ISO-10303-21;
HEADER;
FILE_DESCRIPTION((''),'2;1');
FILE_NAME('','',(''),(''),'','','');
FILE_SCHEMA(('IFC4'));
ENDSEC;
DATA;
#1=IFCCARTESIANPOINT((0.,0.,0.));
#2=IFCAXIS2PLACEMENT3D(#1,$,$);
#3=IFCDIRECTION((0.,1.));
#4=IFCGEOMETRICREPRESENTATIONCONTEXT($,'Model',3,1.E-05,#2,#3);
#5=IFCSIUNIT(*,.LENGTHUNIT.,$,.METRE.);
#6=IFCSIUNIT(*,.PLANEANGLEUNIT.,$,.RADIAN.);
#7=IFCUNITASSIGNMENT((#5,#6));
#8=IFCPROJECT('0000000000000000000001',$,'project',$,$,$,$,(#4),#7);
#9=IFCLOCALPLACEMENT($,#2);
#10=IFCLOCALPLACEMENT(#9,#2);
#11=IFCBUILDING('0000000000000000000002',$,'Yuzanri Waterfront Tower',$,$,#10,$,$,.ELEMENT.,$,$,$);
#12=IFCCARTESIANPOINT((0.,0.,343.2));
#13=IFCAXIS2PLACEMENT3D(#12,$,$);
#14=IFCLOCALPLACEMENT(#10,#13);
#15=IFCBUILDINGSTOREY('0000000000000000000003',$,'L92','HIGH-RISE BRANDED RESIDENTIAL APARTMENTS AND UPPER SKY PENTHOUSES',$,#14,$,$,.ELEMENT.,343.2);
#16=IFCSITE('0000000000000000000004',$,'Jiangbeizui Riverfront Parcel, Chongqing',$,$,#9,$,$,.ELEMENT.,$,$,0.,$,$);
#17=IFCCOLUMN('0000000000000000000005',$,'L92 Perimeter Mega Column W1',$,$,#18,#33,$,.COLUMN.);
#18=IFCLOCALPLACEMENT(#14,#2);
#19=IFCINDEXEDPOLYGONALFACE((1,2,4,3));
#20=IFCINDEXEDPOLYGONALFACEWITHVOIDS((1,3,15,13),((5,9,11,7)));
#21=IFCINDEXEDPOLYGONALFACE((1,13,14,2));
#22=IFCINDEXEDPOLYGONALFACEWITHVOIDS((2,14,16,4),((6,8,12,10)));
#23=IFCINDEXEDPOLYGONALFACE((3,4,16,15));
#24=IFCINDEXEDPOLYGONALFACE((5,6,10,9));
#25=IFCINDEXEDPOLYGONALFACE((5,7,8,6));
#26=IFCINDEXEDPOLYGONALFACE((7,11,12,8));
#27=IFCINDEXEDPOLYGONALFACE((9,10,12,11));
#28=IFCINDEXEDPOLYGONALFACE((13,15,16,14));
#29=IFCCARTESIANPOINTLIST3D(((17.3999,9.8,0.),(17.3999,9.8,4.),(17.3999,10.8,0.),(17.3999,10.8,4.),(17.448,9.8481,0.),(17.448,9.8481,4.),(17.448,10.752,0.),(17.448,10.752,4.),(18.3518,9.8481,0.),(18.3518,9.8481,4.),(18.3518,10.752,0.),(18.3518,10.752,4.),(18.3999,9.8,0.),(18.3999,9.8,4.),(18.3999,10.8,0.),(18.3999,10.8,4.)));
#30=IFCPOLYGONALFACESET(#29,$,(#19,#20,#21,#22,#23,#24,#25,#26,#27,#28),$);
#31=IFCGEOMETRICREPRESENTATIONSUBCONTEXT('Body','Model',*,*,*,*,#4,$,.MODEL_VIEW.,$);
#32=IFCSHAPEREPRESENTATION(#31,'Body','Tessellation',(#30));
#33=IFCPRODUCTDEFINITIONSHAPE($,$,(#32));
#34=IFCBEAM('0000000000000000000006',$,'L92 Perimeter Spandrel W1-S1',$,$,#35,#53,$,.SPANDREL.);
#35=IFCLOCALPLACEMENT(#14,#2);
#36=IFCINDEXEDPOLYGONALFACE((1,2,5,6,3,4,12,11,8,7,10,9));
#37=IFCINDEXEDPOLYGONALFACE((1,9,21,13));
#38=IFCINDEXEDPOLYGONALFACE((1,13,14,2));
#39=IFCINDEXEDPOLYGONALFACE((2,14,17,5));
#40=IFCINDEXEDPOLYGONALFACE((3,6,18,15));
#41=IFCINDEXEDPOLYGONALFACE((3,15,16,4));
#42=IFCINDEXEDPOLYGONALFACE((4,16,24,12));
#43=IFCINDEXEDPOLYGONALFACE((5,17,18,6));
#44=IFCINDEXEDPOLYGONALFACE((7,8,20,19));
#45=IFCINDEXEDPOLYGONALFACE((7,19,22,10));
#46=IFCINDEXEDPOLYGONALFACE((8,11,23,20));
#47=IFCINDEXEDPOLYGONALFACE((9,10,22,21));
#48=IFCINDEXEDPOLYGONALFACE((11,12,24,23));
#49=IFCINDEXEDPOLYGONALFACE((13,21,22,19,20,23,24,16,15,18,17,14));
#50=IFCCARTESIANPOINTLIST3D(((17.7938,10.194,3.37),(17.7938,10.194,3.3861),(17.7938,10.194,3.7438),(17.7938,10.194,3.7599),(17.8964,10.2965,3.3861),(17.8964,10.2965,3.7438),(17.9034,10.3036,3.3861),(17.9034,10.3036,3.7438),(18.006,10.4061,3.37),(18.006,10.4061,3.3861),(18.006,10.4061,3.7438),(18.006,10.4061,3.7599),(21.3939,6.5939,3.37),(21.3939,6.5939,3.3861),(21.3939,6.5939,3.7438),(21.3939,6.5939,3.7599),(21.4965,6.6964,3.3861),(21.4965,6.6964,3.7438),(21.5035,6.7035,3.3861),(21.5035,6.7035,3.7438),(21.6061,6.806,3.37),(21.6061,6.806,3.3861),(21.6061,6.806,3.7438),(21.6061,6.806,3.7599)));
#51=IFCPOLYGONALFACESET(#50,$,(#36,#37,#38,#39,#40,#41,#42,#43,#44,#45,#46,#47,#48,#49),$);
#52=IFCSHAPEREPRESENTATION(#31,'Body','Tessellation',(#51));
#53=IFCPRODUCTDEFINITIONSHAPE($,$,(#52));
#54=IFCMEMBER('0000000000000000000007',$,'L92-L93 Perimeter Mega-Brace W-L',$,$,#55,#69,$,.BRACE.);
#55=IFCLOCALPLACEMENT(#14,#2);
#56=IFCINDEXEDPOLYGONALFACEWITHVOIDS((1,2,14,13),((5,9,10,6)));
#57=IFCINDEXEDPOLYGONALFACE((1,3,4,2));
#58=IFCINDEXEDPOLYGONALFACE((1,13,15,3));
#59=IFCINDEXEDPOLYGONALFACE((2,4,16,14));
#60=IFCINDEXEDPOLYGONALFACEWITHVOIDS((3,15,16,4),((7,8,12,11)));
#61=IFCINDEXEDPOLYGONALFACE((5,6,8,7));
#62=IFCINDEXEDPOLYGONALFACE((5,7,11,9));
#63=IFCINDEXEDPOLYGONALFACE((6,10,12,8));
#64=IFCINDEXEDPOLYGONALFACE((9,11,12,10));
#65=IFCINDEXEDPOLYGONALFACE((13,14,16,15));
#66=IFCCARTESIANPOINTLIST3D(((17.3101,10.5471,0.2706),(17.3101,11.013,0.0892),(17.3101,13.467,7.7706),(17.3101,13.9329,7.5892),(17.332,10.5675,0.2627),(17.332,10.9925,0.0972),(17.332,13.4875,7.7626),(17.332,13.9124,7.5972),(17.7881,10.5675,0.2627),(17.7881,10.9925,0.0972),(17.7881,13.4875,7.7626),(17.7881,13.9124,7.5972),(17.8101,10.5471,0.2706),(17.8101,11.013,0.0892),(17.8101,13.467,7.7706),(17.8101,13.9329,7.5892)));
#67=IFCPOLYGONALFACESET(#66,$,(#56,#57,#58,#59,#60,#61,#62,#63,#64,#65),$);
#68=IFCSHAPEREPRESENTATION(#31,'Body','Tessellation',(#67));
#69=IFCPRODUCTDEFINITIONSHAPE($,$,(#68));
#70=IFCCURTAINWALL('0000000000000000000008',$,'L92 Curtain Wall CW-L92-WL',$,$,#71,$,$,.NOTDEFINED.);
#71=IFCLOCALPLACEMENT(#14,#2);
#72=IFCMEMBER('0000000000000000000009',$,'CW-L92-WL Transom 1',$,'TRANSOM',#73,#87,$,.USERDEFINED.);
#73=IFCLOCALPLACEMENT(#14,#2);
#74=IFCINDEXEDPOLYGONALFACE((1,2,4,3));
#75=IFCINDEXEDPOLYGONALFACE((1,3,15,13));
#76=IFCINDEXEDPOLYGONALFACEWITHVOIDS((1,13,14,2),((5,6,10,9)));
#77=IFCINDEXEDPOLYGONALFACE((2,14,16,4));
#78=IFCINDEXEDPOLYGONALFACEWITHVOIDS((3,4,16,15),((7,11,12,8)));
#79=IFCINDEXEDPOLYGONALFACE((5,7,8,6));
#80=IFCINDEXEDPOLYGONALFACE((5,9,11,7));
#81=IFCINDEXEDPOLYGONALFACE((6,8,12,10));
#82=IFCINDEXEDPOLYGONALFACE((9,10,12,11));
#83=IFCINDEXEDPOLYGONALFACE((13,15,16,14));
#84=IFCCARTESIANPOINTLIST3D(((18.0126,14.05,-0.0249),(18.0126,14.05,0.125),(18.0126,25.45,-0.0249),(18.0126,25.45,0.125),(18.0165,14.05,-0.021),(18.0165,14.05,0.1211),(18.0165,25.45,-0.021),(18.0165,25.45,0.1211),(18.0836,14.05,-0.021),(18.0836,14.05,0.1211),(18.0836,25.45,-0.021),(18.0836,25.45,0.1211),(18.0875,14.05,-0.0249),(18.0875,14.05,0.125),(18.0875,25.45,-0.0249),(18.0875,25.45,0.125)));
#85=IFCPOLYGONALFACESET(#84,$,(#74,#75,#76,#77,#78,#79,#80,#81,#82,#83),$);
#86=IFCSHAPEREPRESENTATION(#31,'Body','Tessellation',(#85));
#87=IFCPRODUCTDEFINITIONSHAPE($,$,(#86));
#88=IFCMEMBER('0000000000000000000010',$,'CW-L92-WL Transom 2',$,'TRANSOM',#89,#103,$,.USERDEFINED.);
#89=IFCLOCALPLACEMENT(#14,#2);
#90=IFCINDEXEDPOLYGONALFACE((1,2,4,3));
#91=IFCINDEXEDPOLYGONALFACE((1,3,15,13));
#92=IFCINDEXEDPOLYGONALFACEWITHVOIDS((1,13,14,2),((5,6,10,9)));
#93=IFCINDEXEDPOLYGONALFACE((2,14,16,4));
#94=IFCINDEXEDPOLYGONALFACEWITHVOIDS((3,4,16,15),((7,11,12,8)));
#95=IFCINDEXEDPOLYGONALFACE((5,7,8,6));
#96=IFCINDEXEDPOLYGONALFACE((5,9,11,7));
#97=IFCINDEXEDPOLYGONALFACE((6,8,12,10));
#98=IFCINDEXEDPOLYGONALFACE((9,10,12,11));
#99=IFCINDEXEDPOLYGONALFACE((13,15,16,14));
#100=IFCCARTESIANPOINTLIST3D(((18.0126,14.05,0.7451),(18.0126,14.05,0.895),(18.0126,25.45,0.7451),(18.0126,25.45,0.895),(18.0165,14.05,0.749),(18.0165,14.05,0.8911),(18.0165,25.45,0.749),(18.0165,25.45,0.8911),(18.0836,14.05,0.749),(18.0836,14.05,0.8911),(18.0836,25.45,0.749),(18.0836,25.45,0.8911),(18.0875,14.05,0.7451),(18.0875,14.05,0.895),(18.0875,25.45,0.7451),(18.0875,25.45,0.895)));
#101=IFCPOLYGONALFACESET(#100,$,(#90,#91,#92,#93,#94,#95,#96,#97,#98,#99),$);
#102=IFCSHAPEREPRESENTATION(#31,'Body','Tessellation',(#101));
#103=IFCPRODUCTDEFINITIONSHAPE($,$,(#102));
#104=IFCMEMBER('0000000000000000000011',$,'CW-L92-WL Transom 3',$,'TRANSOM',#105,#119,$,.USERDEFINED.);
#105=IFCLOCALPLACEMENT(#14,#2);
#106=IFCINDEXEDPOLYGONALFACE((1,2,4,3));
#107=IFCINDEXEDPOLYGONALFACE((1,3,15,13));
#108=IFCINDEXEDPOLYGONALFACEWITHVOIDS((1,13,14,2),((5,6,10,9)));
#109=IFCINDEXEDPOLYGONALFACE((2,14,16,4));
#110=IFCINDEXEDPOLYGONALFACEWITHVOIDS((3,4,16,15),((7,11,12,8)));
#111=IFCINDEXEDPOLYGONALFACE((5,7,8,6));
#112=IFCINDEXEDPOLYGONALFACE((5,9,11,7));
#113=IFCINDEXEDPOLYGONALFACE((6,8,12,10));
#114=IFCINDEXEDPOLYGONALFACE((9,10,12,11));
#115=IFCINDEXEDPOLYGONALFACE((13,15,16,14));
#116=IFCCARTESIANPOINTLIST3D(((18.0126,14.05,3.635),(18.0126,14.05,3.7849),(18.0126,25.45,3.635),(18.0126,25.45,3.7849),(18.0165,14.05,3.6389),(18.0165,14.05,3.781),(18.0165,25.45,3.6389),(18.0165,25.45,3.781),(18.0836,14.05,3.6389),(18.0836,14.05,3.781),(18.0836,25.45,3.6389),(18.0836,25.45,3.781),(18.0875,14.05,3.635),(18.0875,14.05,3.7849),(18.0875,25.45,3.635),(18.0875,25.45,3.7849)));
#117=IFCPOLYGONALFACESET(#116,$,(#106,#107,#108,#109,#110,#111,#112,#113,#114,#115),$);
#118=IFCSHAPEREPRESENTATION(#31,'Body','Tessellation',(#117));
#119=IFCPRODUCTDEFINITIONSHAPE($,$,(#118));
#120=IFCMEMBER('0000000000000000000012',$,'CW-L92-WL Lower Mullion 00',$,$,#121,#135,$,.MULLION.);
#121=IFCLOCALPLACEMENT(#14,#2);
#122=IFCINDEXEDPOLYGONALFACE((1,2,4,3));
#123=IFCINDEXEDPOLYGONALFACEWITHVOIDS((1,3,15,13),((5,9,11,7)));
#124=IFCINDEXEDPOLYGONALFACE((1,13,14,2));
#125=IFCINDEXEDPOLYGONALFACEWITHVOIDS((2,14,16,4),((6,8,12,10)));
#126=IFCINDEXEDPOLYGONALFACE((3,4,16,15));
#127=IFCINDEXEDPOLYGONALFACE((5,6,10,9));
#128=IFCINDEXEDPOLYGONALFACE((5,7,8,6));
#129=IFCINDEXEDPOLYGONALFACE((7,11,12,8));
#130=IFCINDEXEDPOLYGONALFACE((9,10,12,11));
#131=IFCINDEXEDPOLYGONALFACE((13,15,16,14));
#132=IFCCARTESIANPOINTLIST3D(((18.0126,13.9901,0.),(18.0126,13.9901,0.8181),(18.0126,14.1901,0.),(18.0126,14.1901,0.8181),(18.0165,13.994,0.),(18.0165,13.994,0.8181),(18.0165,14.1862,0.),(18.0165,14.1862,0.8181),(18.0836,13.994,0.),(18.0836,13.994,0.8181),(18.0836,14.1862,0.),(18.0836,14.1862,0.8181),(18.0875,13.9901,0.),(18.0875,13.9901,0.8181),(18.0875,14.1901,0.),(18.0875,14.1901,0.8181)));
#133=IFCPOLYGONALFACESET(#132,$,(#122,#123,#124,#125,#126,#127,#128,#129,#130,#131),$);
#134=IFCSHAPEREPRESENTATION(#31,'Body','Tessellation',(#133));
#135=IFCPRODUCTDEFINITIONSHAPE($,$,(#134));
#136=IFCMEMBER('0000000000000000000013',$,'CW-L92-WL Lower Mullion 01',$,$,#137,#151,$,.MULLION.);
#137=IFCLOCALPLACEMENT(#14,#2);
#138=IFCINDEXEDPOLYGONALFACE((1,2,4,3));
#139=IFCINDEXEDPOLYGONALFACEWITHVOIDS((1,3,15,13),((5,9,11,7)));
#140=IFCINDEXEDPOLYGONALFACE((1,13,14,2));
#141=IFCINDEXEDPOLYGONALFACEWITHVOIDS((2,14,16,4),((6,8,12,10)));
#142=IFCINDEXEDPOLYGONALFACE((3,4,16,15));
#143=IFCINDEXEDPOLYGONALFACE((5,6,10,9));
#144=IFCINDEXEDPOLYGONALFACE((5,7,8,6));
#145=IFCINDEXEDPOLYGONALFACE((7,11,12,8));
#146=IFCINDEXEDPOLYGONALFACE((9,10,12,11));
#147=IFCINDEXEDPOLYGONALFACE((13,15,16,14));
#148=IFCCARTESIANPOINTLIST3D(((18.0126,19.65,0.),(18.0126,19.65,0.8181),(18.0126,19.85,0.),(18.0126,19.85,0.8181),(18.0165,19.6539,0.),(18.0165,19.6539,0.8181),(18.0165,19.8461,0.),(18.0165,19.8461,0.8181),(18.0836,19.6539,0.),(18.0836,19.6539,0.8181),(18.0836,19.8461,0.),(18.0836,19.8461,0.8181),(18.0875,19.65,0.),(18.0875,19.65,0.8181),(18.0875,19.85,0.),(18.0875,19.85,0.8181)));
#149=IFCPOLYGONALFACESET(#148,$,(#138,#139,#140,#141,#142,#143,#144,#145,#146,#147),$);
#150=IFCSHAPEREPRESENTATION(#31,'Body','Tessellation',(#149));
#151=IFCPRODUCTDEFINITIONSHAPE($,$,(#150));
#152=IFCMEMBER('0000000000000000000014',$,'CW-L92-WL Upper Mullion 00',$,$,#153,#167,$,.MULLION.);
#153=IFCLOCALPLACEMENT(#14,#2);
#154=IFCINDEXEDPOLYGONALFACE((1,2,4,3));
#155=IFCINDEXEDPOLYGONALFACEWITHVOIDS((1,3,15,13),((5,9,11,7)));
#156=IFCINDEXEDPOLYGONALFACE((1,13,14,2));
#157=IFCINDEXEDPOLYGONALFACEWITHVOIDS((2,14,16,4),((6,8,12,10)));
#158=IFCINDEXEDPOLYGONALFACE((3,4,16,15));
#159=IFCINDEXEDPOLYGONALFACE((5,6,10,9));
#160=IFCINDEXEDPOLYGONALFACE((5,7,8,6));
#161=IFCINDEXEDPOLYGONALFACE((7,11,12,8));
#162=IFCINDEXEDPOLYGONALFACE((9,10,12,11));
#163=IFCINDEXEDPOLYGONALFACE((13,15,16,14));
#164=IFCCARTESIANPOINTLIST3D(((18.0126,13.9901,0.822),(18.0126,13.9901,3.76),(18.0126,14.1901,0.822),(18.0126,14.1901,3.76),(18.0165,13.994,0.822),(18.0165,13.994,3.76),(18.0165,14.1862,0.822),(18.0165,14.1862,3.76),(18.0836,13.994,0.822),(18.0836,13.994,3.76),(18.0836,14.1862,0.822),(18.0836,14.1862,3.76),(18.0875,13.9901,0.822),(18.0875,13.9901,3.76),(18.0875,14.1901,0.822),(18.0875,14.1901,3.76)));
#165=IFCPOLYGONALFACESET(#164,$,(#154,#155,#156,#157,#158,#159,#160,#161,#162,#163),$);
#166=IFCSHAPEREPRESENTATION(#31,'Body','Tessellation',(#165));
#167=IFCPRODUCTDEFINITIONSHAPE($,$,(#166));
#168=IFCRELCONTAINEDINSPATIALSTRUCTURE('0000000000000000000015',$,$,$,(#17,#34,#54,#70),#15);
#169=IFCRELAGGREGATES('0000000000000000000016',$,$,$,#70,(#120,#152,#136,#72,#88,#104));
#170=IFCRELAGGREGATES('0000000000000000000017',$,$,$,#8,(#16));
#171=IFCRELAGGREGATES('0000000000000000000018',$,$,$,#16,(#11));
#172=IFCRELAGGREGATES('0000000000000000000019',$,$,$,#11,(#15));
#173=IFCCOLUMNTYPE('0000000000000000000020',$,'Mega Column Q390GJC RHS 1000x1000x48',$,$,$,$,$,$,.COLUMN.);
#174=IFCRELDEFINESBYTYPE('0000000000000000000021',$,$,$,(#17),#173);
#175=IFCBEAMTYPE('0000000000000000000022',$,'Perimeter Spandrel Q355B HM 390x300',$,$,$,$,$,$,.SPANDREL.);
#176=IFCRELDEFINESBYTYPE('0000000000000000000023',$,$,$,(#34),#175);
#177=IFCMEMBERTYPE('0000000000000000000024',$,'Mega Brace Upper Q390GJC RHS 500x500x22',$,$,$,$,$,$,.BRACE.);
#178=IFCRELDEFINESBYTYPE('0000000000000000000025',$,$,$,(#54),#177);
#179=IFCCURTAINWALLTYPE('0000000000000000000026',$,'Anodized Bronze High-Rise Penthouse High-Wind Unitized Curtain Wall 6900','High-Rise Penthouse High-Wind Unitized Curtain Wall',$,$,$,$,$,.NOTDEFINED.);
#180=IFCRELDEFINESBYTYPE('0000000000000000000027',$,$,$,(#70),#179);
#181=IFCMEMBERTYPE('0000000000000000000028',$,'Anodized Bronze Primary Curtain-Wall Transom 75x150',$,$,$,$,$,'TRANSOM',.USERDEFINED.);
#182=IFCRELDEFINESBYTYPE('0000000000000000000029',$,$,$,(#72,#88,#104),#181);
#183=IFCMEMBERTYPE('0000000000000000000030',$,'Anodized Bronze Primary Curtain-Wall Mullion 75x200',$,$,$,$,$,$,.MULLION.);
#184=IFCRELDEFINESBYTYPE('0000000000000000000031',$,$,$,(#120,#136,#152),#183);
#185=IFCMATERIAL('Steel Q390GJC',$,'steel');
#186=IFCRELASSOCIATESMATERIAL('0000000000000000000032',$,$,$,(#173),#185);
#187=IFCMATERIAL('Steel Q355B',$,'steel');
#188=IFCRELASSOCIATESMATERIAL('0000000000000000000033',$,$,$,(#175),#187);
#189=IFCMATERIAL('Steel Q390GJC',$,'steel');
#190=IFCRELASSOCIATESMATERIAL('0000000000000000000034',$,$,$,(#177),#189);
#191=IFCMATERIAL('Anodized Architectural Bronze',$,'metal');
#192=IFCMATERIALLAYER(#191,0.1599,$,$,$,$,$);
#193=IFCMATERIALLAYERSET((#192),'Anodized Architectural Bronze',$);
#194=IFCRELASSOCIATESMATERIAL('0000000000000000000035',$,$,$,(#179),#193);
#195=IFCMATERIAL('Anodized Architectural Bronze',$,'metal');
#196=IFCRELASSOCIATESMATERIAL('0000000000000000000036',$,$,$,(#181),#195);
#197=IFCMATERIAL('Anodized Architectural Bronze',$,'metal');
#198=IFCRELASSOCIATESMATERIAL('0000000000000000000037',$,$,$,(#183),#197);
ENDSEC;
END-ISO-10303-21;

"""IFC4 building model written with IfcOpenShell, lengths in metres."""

from ifc_helpers import new_model, si_unit, direction, frame, origin, origin_2d, place, context, subcontext, project, spatial, hollow_rectangle, i_section, extrude, source, transform, mapped, material, layer, layer_set, material_profile, profile_set, type_object, element, aggregate, save


model = new_model("IFC4")

# Units and contexts
model_context = context("Model", 3, precision=1e-05, world=origin(), true_north=direction((0.0, 1.0)))
body_context = subcontext(model_context, "Body", "Model", "MODEL_VIEW")
ifc_project = project(units=[si_unit("LENGTHUNIT", "METRE"), si_unit("PLANEANGLEUNIT", "RADIAN")], contexts=[model_context])

# Site, building, storey
site_placement = place(None, origin())
site = spatial("IfcSite", under=ifc_project, at=site_placement, Name="Jiangbeizui Riverfront Parcel, Chongqing", CompositionType="ELEMENT", RefElevation=0.0)
building_placement = place(site_placement, origin())
building = spatial("IfcBuilding", under=site, at=building_placement, Name="Yuzanri Waterfront Tower", CompositionType="ELEMENT")
storey_placement = place(building_placement, frame((0.0, 0.0, 343.2)))
storey = spatial("IfcBuildingStorey", under=building, at=storey_placement, Name="L92", Description="HIGH-RISE BRANDED RESIDENTIAL APARTMENTS AND UPPER SKY PENTHOUSES", CompositionType="ELEMENT", Elevation=343.2)

# Column
ifc_material_1 = material(Name="Steel Q390GJC", Category="steel")
ifc_material_profile_1 = material_profile(ifc_material_1, hollow_rectangle(XDim=1.0, YDim=1.0, WallThickness=0.0481, at=origin_2d()), Name="RHS 1000x1000x48")
ifc_profile_set_1 = profile_set([ifc_material_profile_1], Name="Steel Q390GJC")
column_type = type_object("IfcColumnType", Name="Mega Column Q390GJC RHS 1000x1000x48", PredefinedType="COLUMN", material=ifc_profile_set_1)
shared_shape_1 = source(origin(), body_context, "Body", "SweptSolid", [
    extrude(hollow_rectangle(XDim=1.0, YDim=1.0, WallThickness=0.0481, at=origin_2d()), origin(), (0.0, 0.0, 1.0), 4.0),
])
column_placement = place(storey_placement, frame((17.8999, 10.3, 0.0), z_axis=(0.0, 0.0, 1.0), x_axis=(1.0, 0.0, 0.0)))
element("IfcColumn", 1, at=column_placement, inside=storey, type_object=column_type, Name="L92 Perimeter Mega Column W1", PredefinedType="COLUMN", context=body_context, shape_type="MappedRepresentation", body=[
    mapped(shared_shape_1, transform((0.0, 0.0, 0.0), scale=1.0)),
])

# Beam
ifc_material_2 = material(Name="Steel Q355B", Category="steel")
ifc_material_profile_2 = material_profile(ifc_material_2, i_section(OverallWidth=0.3, OverallDepth=0.3899, WebThickness=0.01, FlangeThickness=0.0161, at=origin_2d()), Name="HM 390x300x10x16")
ifc_profile_set_2 = profile_set([ifc_material_profile_2], Name="Steel Q355B")
beam_type = type_object("IfcBeamType", Name="Perimeter Spandrel Q355B HM 390x300", PredefinedType="SPANDREL", material=ifc_profile_set_2)
shared_shape_2 = source(origin(), body_context, "Body", "SweptSolid", [
    extrude(i_section(OverallWidth=0.3, OverallDepth=0.3899, WebThickness=0.01, FlangeThickness=0.0161, at=origin_2d()), origin(), (0.0, 0.0, 1.0), 5.0913),
])
beam_placement = place(storey_placement, frame((17.8999, 10.3, 3.5649), z_axis=(0.707107, -0.707107, 0.0), x_axis=(0.707107, 0.707107, 0.0)))
element("IfcBeam", 2, at=beam_placement, inside=storey, type_object=beam_type, Name="L92 Perimeter Spandrel W1-S1", PredefinedType="SPANDREL", context=body_context, shape_type="MappedRepresentation", body=[
    mapped(shared_shape_2, transform((0.0, 0.0, 0.0), scale=1.0)),
])

# Member
ifc_material_3 = material(Name="Steel Q390GJC", Category="steel")
ifc_material_profile_3 = material_profile(ifc_material_3, hollow_rectangle(XDim=0.5, YDim=0.5, WallThickness=0.022, at=origin_2d()), Name="RHS 500x500x22")
ifc_profile_set_3 = profile_set([ifc_material_profile_3], Name="Steel Q390GJC")
member_type_1 = type_object("IfcMemberType", Name="Mega Brace Upper Q390GJC RHS 500x500x22", PredefinedType="BRACE", material=ifc_profile_set_3)
shared_shape_3 = source(origin(), body_context, "Body", "SweptSolid", [
    extrude(hollow_rectangle(XDim=0.5, YDim=0.5, WallThickness=0.022, at=origin_2d()), origin(), (0.0, 0.0, 1.0), 8.0483),
])
member_1_placement = place(storey_placement, frame((17.5601, 10.78, 0.1799), z_axis=(0.0, 0.362798, 0.931868), x_axis=(-1.0, 0.0, 0.0)))
element("IfcMember", 3, at=member_1_placement, inside=storey, type_object=member_type_1, Name="L92-L93 Perimeter Mega-Brace W-L", PredefinedType="BRACE", context=body_context, shape_type="MappedRepresentation", body=[
    mapped(shared_shape_3, transform((0.0, 0.0, 0.0), scale=1.0)),
])

# Curtain wall, members
ifc_material_4 = material(Name="Anodized Architectural Bronze", Category="metal")
ifc_layer_1 = layer(ifc_material_4, 0.1599)
ifc_layer_set_1 = layer_set([ifc_layer_1], Name="Anodized Architectural Bronze")
curtain_wall_type = type_object("IfcCurtainWallType", Name="Anodized Bronze High-Rise Penthouse High-Wind Unitized Curtain Wall 6900", Description="High-Rise Penthouse High-Wind Unitized Curtain Wall", PredefinedType="NOTDEFINED", material=ifc_layer_set_1)
curtain_wall_placement = place(storey_placement, origin())
curtain_wall = element("IfcCurtainWall", 4, at=curtain_wall_placement, inside=storey, type_object=curtain_wall_type, Name="L92 Curtain Wall CW-L92-WL", PredefinedType="NOTDEFINED")
ifc_material_5 = material(Name="Anodized Architectural Bronze", Category="metal")
ifc_material_profile_4 = material_profile(ifc_material_5, hollow_rectangle(XDim=0.075, YDim=0.1499, WallThickness=0.0039, at=origin_2d()), Name="CWT 75x150")
ifc_profile_set_4 = profile_set([ifc_material_profile_4], Name="Anodized Architectural Bronze")
member_type_2 = type_object("IfcMemberType", Name="Anodized Bronze Primary Curtain-Wall Transom 75x150", ElementType="TRANSOM", PredefinedType="USERDEFINED", material=ifc_profile_set_4)
shared_shape_4 = source(origin(), body_context, "Body", "SweptSolid", [
    extrude(hollow_rectangle(XDim=0.075, YDim=0.1499, WallThickness=0.0039, at=origin_2d()), origin(), (0.0, 0.0, 1.0), 11.3999),
])
member_2_placement = place(storey_placement, frame((18.05, 14.05, 0.05), z_axis=(0.0, 1.0, 0.0), x_axis=(-1.0, 0.0, 0.0)))
member_2 = element("IfcMember", 5, at=member_2_placement, type_object=member_type_2, Name="CW-L92-WL Transom 1", ObjectType="TRANSOM", PredefinedType="USERDEFINED", context=body_context, shape_type="MappedRepresentation", body=[
    mapped(shared_shape_4, transform((0.0, 0.0, 0.0), scale=1.0)),
])
member_3_placement = place(storey_placement, frame((18.05, 14.05, 0.8201), z_axis=(0.0, 1.0, 0.0), x_axis=(-1.0, 0.0, 0.0)))
member_3 = element("IfcMember", 6, at=member_3_placement, type_object=member_type_2, Name="CW-L92-WL Transom 2", ObjectType="TRANSOM", PredefinedType="USERDEFINED", context=body_context, shape_type="MappedRepresentation", body=[
    mapped(shared_shape_4, transform((0.0, 0.0, 0.0), scale=1.0)),
])
member_4_placement = place(storey_placement, frame((18.05, 14.05, 3.71), z_axis=(0.0, 1.0, 0.0), x_axis=(-1.0, 0.0, 0.0)))
member_4 = element("IfcMember", 7, at=member_4_placement, type_object=member_type_2, Name="CW-L92-WL Transom 3", ObjectType="TRANSOM", PredefinedType="USERDEFINED", context=body_context, shape_type="MappedRepresentation", body=[
    mapped(shared_shape_4, transform((0.0, 0.0, 0.0), scale=1.0)),
])
ifc_material_6 = material(Name="Anodized Architectural Bronze", Category="metal")
ifc_material_profile_5 = material_profile(ifc_material_6, hollow_rectangle(XDim=0.075, YDim=0.2, WallThickness=0.0039, at=origin_2d()), Name="CWM 75x200")
ifc_profile_set_5 = profile_set([ifc_material_profile_5], Name="Anodized Architectural Bronze")
member_type_3 = type_object("IfcMemberType", Name="Anodized Bronze Primary Curtain-Wall Mullion 75x200", PredefinedType="MULLION", material=ifc_profile_set_5)
shared_shape_5 = source(origin(), body_context, "Body", "SweptSolid", [
    extrude(hollow_rectangle(XDim=0.075, YDim=0.2, WallThickness=0.0039, at=origin_2d()), origin(), (0.0, 0.0, 1.0), 0.8181),
])
member_5_placement = place(storey_placement, frame((18.05, 14.0901, 0.0), z_axis=(0.0, 0.0, 1.0), x_axis=(1.0, 0.0, 0.0)))
member_5 = element("IfcMember", 8, at=member_5_placement, type_object=member_type_3, Name="CW-L92-WL Lower Mullion 00", PredefinedType="MULLION", context=body_context, shape_type="MappedRepresentation", body=[
    mapped(shared_shape_5, transform((0.0, 0.0, 0.0), scale=1.0)),
])
member_6_placement = place(storey_placement, frame((18.05, 19.75, 0.0), z_axis=(0.0, 0.0, 1.0), x_axis=(1.0, 0.0, 0.0)))
member_6 = element("IfcMember", 9, at=member_6_placement, type_object=member_type_3, Name="CW-L92-WL Lower Mullion 01", PredefinedType="MULLION", context=body_context, shape_type="MappedRepresentation", body=[
    mapped(shared_shape_5, transform((0.0, 0.0, 0.0), scale=1.0)),
])
shared_shape_6 = source(origin(), body_context, "Body", "SweptSolid", [
    extrude(hollow_rectangle(XDim=0.075, YDim=0.2, WallThickness=0.0039, at=origin_2d()), origin(), (0.0, 0.0, 1.0), 2.938),
])
member_7_placement = place(storey_placement, frame((18.05, 14.0901, 0.822), z_axis=(0.0, 0.0, 1.0), x_axis=(1.0, 0.0, 0.0)))
member_7 = element("IfcMember", 10, at=member_7_placement, type_object=member_type_3, Name="CW-L92-WL Upper Mullion 00", PredefinedType="MULLION", context=body_context, shape_type="MappedRepresentation", body=[
    mapped(shared_shape_6, transform((0.0, 0.0, 0.0), scale=1.0)),
])

aggregate(curtain_wall, [member_5, member_7, member_6, member_2, member_3, member_4])

save(model, "model.ifc")
